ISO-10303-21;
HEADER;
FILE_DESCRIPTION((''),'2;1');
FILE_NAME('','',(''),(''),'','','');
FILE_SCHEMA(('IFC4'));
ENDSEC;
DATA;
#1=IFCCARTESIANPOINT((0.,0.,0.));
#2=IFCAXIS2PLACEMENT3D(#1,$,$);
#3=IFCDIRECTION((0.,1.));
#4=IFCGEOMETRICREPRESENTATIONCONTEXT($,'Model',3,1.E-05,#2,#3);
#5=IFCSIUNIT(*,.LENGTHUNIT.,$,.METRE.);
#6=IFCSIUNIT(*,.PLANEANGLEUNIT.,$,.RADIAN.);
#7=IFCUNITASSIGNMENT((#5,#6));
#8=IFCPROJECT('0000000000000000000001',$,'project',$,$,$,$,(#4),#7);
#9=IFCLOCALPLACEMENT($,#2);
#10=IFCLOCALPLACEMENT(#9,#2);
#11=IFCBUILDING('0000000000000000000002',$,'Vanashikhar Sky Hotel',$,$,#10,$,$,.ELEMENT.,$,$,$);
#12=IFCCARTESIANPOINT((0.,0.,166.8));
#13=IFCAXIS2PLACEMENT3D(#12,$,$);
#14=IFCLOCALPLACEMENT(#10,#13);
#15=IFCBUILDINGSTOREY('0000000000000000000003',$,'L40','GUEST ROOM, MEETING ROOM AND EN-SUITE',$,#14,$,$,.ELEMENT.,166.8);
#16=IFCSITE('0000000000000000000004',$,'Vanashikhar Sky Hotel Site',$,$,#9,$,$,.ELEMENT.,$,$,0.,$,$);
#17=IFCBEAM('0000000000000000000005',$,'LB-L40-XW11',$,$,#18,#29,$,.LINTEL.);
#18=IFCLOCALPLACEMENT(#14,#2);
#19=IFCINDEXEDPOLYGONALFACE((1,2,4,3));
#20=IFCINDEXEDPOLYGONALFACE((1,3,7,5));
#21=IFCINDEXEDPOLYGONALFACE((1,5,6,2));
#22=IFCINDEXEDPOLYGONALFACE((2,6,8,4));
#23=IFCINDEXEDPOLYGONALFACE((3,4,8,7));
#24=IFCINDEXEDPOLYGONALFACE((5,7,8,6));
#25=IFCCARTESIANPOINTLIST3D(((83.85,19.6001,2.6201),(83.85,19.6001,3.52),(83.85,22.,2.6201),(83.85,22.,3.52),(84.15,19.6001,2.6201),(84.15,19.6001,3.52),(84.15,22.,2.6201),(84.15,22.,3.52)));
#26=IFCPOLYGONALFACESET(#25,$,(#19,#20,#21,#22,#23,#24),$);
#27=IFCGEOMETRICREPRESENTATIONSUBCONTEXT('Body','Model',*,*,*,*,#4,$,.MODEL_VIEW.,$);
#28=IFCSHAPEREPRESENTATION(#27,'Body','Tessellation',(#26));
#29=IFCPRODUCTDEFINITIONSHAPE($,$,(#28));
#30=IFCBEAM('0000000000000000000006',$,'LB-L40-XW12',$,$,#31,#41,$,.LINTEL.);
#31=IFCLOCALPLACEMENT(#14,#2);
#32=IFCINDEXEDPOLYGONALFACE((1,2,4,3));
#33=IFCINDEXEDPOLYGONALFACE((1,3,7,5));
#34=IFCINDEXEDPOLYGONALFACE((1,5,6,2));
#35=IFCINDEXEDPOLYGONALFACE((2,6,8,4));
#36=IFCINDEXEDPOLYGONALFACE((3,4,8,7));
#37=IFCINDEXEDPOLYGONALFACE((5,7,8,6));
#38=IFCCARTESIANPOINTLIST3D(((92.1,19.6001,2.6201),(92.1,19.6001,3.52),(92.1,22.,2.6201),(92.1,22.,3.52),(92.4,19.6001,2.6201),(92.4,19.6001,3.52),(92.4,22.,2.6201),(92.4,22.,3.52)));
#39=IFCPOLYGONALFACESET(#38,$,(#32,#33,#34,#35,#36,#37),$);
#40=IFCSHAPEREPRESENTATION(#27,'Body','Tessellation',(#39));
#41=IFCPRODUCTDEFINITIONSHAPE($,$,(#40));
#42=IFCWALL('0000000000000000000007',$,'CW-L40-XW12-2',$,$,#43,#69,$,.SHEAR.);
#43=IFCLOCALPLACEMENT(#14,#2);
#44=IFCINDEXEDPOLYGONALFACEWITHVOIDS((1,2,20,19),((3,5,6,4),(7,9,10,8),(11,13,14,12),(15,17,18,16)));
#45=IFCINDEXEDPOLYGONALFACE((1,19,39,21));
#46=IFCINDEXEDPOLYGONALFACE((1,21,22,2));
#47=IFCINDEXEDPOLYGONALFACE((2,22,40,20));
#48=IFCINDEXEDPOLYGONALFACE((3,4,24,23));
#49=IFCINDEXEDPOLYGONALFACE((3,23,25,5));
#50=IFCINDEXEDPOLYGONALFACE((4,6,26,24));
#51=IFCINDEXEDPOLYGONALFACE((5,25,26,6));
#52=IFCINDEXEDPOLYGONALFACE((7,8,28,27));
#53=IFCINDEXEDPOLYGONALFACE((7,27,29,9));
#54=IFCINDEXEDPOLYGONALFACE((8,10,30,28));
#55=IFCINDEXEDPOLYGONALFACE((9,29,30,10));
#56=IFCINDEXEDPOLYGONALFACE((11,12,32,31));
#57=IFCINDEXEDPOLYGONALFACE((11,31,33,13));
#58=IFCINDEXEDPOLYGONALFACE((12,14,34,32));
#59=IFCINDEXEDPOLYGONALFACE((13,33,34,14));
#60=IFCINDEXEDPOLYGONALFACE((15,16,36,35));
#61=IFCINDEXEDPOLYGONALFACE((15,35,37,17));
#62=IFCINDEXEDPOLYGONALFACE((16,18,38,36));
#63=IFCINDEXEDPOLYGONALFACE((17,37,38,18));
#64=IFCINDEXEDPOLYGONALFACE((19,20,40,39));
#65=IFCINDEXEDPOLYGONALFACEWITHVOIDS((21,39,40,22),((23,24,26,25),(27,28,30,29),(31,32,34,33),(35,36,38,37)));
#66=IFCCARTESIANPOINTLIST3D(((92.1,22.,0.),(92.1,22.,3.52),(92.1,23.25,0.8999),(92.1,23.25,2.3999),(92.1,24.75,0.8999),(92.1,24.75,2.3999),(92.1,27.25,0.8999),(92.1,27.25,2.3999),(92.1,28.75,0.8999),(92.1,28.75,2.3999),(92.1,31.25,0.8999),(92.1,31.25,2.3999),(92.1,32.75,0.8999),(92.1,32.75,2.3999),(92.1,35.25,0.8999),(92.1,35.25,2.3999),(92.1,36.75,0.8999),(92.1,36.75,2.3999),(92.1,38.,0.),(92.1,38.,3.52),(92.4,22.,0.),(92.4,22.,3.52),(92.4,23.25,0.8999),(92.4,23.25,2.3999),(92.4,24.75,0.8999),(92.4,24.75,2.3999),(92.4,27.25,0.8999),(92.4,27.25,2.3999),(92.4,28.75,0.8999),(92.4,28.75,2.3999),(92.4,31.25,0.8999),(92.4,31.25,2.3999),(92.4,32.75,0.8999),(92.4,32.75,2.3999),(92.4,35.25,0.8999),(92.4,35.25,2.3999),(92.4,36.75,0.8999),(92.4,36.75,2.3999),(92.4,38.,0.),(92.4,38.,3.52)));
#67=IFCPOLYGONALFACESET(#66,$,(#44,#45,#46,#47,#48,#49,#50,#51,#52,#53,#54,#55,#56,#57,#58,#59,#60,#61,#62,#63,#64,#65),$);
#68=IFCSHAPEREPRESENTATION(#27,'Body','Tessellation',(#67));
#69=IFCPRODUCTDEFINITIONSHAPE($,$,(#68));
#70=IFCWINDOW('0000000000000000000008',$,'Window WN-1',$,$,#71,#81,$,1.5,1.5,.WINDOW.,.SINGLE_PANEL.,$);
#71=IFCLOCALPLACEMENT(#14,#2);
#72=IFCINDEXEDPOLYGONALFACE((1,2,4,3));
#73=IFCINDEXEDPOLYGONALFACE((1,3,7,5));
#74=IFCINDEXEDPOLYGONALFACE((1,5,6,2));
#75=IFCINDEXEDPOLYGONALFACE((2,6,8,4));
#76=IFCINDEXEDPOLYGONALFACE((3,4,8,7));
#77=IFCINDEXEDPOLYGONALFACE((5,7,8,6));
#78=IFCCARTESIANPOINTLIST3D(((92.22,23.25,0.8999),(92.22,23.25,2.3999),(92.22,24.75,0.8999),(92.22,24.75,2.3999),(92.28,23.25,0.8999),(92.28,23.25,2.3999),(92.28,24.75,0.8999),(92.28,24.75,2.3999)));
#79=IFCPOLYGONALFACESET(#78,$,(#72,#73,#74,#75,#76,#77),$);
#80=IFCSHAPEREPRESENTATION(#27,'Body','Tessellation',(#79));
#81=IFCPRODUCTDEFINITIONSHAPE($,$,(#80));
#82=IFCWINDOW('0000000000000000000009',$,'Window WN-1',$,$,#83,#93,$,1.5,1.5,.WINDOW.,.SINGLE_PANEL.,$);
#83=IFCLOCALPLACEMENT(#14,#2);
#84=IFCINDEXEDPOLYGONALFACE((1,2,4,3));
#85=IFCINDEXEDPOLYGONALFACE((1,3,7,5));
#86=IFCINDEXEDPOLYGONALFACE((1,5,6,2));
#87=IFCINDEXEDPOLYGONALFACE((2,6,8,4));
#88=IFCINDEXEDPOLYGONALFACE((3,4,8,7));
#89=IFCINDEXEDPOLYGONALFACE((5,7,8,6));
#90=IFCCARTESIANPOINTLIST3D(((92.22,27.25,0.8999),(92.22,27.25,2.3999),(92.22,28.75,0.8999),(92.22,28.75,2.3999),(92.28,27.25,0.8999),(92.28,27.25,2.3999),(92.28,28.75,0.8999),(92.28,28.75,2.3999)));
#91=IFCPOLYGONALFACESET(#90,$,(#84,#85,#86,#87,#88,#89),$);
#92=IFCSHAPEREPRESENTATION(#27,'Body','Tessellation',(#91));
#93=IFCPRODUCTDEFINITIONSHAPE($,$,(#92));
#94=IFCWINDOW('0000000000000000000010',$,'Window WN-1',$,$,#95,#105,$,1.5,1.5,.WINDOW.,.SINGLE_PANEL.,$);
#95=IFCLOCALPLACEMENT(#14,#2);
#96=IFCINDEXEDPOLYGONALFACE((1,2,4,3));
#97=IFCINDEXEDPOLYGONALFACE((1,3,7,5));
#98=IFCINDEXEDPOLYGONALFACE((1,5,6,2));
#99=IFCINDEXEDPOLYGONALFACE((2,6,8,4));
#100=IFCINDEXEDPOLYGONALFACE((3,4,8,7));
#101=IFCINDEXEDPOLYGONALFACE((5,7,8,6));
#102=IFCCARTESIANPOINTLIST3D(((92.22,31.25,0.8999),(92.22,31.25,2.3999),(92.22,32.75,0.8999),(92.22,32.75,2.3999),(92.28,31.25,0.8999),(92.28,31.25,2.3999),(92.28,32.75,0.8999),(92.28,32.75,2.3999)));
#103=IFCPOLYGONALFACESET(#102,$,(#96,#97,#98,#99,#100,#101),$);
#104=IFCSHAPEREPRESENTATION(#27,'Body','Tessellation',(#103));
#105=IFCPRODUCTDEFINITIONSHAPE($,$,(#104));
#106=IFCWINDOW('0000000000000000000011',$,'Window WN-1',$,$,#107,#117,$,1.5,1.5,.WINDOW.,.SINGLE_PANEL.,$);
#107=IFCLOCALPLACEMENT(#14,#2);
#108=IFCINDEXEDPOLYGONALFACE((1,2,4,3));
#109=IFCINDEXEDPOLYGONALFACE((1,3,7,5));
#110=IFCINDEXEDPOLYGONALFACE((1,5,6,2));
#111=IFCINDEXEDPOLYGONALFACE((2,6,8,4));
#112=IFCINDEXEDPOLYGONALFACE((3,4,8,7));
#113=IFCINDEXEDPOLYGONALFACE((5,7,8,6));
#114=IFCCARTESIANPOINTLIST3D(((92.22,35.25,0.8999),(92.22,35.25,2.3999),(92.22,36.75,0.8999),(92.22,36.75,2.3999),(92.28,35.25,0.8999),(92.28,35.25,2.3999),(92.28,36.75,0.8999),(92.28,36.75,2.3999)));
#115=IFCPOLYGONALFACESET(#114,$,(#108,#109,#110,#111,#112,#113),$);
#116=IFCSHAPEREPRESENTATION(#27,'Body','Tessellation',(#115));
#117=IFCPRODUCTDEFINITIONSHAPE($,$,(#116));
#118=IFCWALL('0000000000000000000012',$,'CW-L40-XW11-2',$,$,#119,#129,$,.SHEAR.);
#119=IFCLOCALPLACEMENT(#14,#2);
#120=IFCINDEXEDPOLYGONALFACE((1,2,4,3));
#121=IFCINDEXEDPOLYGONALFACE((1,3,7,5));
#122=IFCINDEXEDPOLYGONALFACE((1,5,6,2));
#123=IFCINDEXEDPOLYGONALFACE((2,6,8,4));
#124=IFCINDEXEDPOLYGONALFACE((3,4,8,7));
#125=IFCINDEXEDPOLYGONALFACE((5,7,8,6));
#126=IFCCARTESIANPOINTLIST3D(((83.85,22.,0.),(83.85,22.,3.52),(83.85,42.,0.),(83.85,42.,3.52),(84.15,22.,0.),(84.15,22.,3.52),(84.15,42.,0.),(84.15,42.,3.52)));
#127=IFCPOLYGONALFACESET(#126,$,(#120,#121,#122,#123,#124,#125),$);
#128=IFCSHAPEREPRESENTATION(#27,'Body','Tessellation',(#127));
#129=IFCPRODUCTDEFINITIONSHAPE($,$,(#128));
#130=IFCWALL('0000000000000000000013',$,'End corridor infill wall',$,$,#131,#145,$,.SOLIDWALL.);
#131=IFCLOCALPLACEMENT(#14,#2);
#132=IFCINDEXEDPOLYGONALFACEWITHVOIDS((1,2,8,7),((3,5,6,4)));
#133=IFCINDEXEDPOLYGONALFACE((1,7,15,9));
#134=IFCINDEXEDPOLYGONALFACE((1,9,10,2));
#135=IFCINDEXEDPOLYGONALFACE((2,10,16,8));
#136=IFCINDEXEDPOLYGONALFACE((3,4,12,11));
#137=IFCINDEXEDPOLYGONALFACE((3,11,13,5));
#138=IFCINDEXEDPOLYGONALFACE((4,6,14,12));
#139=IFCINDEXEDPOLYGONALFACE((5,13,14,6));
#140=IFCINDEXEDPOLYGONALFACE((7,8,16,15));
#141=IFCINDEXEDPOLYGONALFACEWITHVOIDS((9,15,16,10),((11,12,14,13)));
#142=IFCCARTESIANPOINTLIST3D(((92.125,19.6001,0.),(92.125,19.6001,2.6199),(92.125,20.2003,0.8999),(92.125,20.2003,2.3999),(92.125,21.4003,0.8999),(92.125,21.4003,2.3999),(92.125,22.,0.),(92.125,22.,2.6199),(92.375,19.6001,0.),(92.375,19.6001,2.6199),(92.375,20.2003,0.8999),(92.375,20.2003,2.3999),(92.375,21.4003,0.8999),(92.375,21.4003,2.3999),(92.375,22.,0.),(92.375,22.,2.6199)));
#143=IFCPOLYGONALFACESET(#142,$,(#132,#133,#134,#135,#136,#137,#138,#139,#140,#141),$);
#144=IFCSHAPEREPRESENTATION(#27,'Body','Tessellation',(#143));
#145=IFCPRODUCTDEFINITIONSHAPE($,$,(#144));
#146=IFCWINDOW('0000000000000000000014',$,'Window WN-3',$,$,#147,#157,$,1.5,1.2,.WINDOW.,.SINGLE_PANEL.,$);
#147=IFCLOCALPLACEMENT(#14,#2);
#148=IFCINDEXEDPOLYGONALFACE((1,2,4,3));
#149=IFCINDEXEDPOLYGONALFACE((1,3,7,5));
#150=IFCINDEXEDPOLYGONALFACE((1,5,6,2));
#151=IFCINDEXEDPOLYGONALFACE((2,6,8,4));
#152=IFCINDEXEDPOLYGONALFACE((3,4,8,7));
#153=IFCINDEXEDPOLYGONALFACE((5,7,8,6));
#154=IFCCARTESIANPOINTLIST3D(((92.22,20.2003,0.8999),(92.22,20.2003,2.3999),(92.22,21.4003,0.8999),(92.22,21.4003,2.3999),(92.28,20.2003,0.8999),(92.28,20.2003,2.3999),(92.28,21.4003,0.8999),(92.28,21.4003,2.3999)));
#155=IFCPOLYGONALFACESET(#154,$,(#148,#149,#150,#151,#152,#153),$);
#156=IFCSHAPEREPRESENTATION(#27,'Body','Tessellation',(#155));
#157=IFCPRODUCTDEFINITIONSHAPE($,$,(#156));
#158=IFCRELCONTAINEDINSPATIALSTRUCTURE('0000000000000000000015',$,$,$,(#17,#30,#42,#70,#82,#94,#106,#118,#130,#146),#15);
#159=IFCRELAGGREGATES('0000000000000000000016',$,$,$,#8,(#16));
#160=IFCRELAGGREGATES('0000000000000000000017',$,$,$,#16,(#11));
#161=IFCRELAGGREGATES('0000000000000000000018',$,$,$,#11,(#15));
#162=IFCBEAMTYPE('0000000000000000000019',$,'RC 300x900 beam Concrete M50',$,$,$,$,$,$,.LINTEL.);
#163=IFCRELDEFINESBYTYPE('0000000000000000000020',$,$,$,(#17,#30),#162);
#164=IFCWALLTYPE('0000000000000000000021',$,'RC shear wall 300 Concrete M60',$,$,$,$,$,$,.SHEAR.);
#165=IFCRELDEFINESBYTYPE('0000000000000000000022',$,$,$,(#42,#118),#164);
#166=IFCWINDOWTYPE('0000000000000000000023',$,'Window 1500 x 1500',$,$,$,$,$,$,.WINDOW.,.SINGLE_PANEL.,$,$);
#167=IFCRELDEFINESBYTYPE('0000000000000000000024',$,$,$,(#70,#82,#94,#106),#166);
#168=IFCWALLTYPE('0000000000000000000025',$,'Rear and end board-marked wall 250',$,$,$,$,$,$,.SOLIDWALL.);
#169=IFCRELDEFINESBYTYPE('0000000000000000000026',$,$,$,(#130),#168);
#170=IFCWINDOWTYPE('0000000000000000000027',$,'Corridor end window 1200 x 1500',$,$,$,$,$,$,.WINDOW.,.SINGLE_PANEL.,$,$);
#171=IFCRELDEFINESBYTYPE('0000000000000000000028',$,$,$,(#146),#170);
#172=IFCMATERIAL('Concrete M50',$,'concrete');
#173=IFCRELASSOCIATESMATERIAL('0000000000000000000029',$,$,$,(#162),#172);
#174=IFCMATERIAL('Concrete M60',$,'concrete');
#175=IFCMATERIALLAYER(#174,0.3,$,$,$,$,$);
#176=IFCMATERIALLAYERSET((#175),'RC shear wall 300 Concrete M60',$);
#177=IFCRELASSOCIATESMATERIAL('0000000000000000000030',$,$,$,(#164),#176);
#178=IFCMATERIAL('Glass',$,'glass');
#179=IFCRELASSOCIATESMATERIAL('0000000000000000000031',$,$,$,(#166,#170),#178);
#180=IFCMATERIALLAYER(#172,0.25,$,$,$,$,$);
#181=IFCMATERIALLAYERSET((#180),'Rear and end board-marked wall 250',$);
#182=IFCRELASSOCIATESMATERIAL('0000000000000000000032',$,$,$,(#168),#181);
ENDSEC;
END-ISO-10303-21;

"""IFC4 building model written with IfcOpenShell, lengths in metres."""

from ifc_helpers import new_model, si_unit, direction, frame, frame_2d, origin, origin_2d, place, context, subcontext, project, spatial, rectangle, extrude, source, transform, mapped, material, layer, layer_set, material_profile, profile_set, type_object, element, fill, save


model = new_model("IFC4")

# Units and contexts
model_context = context("Model", 3, precision=1e-05, world=origin(), true_north=direction((0.0, 1.0)))
body_context = subcontext(model_context, "Body", "Model", "MODEL_VIEW")
ifc_project = project(units=[si_unit("LENGTHUNIT", "METRE"), si_unit("PLANEANGLEUNIT", "RADIAN")], contexts=[model_context])

# Site, building, storey
site_placement = place(None, origin())
site = spatial("IfcSite", under=ifc_project, at=site_placement, Name="Vanashikhar Sky Hotel Site", CompositionType="ELEMENT", RefElevation=0.0)
building_placement = place(site_placement, origin())
building = spatial("IfcBuilding", under=site, at=building_placement, Name="Vanashikhar Sky Hotel", CompositionType="ELEMENT")
storey_placement = place(building_placement, frame((0.0, 0.0, 166.8)))
storey = spatial("IfcBuildingStorey", under=building, at=storey_placement, Name="L40", Description="GUEST ROOM, MEETING ROOM AND EN-SUITE", CompositionType="ELEMENT", Elevation=166.8)

# Beams
ifc_material_1 = material(Name="Concrete M50", Category="concrete")
ifc_material_profile = material_profile(ifc_material_1, rectangle(XDim=0.3, YDim=0.8999, at=origin_2d()))
ifc_profile_set = profile_set([ifc_material_profile], Name="RC 300x900 beam Concrete M50")
beam_type = type_object("IfcBeamType", Name="RC 300x900 beam Concrete M50", PredefinedType="LINTEL", material=ifc_profile_set)
shared_shape_1 = source(origin(), body_context, "Body", "SweptSolid", [
    extrude(rectangle(XDim=0.3, YDim=0.8999, at=origin_2d()), origin(), (0.0, 0.0, 1.0), 2.3999),
])
for number, where, z_axis, x_axis, name in (
    (1, (84.0, 19.6001, 3.0701), (0.0, 1.0, 0.0), (-1.0, 0.0, 0.0), "LB-L40-XW11"),
    (2, (92.25, 19.6001, 3.0701), (0.0, 1.0, 0.0), (-1.0, 0.0, 0.0), "LB-L40-XW12"),
):
    element("IfcBeam", number, at=place(storey_placement, frame(where, z_axis=z_axis, x_axis=x_axis)), inside=storey, type_object=beam_type, Name=name, PredefinedType="LINTEL", context=body_context, shape_type="MappedRepresentation", body=[
        mapped(shared_shape_1, transform((0.0, 0.0, 0.0), scale=1.0)),
    ])

# Wall, openings, windows
ifc_material_2 = material(Name="Concrete M60", Category="concrete")
ifc_layer_1 = layer(ifc_material_2, 0.3)
ifc_layer_set_1 = layer_set([ifc_layer_1], Name="RC shear wall 300 Concrete M60")
wall_type_1 = type_object("IfcWallType", Name="RC shear wall 300 Concrete M60", PredefinedType="SHEAR", material=ifc_layer_set_1)
shared_shape_2 = source(origin(), body_context, "Body", "SweptSolid", [
    extrude(rectangle(XDim=16.0, YDim=0.3, at=frame_2d((8.0, 0.0))), origin(), (0.0, 0.0, 1.0), 3.52),
])
wall_1_placement = place(storey_placement, frame((92.25, 22.0, 0.0), z_axis=(0.0, 0.0, 1.0), x_axis=(0.0, 1.0, 0.0)))
wall_1 = element("IfcWall", 3, at=wall_1_placement, inside=storey, type_object=wall_type_1, Name="CW-L40-XW12-2", PredefinedType="SHEAR", context=body_context, shape_type="MappedRepresentation", body=[
    mapped(shared_shape_2, transform((0.0, 0.0, 0.0), scale=1.0)),
])
shared_shape_3 = source(origin(), body_context, "Body", "SweptSolid", [
    extrude(rectangle(XDim=1.5, YDim=1.5, at=frame_2d((0.75, 0.75))), frame((0.0, 0.1602, 0.0), z_axis=(0.0, -1.0, 0.0), x_axis=(1.0, 0.0, 0.0)), (0.0, 0.0, 1.0), 0.3201),
])
opening_1_placement = place(wall_1_placement, frame((1.25, 0.0, 0.8999)))
opening_1 = element("IfcOpeningElement", 4, at=opening_1_placement, cuts=wall_1, PredefinedType="OPENING", context=body_context, shape_type="MappedRepresentation", body=[
    mapped(shared_shape_3, transform((0.0, 0.0, 0.0), scale=1.0)),
])
opening_2_placement = place(wall_1_placement, frame((5.25, 0.0, 0.8999)))
opening_2 = element("IfcOpeningElement", 5, at=opening_2_placement, cuts=wall_1, PredefinedType="OPENING", context=body_context, shape_type="MappedRepresentation", body=[
    mapped(shared_shape_3, transform((0.0, 0.0, 0.0), scale=1.0)),
])
opening_3_placement = place(wall_1_placement, frame((9.25, 0.0, 0.8999)))
opening_3 = element("IfcOpeningElement", 6, at=opening_3_placement, cuts=wall_1, PredefinedType="OPENING", context=body_context, shape_type="MappedRepresentation", body=[
    mapped(shared_shape_3, transform((0.0, 0.0, 0.0), scale=1.0)),
])
opening_4_placement = place(wall_1_placement, frame((13.25, 0.0, 0.8999)))
opening_4 = element("IfcOpeningElement", 7, at=opening_4_placement, cuts=wall_1, PredefinedType="OPENING", context=body_context, shape_type="MappedRepresentation", body=[
    mapped(shared_shape_3, transform((0.0, 0.0, 0.0), scale=1.0)),
])
ifc_material_3 = material(Name="Glass", Category="glass")
window_type_1 = type_object("IfcWindowType", Name="Window 1500 x 1500", PartitioningType="SINGLE_PANEL", PredefinedType="WINDOW", material=ifc_material_3)
shared_shape_4 = source(origin(), body_context, "Body", "SweptSolid", [
    extrude(rectangle(XDim=1.5, YDim=1.5, at=frame_2d((0.75, 0.75))), frame((0.0, 0.03, 0.0), z_axis=(0.0, -1.0, 0.0), x_axis=(1.0, 0.0, 0.0)), (0.0, 0.0, 1.0), 0.0601),
])
window_1_placement = place(opening_1_placement, origin())
window_1 = element("IfcWindow", 8, at=window_1_placement, inside=storey, type_object=window_type_1, Name="Window WN-1", OverallHeight=1.5, OverallWidth=1.5, PartitioningType="SINGLE_PANEL", PredefinedType="WINDOW", context=body_context, shape_type="MappedRepresentation", body=[
    mapped(shared_shape_4, transform((0.0, 0.0, 0.0), scale=1.0)),
])
fill(opening_1, window_1)
window_2_placement = place(opening_2_placement, origin())
window_2 = element("IfcWindow", 9, at=window_2_placement, inside=storey, type_object=window_type_1, Name="Window WN-1", OverallHeight=1.5, OverallWidth=1.5, PartitioningType="SINGLE_PANEL", PredefinedType="WINDOW", context=body_context, shape_type="MappedRepresentation", body=[
    mapped(shared_shape_4, transform((0.0, 0.0, 0.0), scale=1.0)),
])
fill(opening_2, window_2)
window_3_placement = place(opening_3_placement, origin())
window_3 = element("IfcWindow", 10, at=window_3_placement, inside=storey, type_object=window_type_1, Name="Window WN-1", OverallHeight=1.5, OverallWidth=1.5, PartitioningType="SINGLE_PANEL", PredefinedType="WINDOW", context=body_context, shape_type="MappedRepresentation", body=[
    mapped(shared_shape_4, transform((0.0, 0.0, 0.0), scale=1.0)),
])
fill(opening_3, window_3)
window_4_placement = place(opening_4_placement, origin())
window_4 = element("IfcWindow", 11, at=window_4_placement, inside=storey, type_object=window_type_1, Name="Window WN-1", OverallHeight=1.5, OverallWidth=1.5, PartitioningType="SINGLE_PANEL", PredefinedType="WINDOW", context=body_context, shape_type="MappedRepresentation", body=[
    mapped(shared_shape_4, transform((0.0, 0.0, 0.0), scale=1.0)),
])
fill(opening_4, window_4)

# Wall
shared_shape_5 = source(origin(), body_context, "Body", "SweptSolid", [
    extrude(rectangle(XDim=20.0, YDim=0.3, at=frame_2d((10.0, 0.0))), origin(), (0.0, 0.0, 1.0), 3.52),
])
wall_2_placement = place(storey_placement, frame((84.0, 22.0, 0.0), z_axis=(0.0, 0.0, 1.0), x_axis=(0.0, 1.0, 0.0)))
element("IfcWall", 12, at=wall_2_placement, inside=storey, type_object=wall_type_1, Name="CW-L40-XW11-2", PredefinedType="SHEAR", context=body_context, shape_type="MappedRepresentation", body=[
    mapped(shared_shape_5, transform((0.0, 0.0, 0.0), scale=1.0)),
])

# Wall, opening, window
ifc_layer_2 = layer(ifc_material_1, 0.25)
ifc_layer_set_2 = layer_set([ifc_layer_2], Name="Rear and end board-marked wall 250")
wall_type_2 = type_object("IfcWallType", Name="Rear and end board-marked wall 250", PredefinedType="SOLIDWALL", material=ifc_layer_set_2)
shared_shape_6 = source(origin(), body_context, "Body", "SweptSolid", [
    extrude(rectangle(XDim=2.3999, YDim=0.25, at=frame_2d((1.2, 0.0))), origin(), (0.0, 0.0, 1.0), 2.6199),
])
wall_3_placement = place(storey_placement, frame((92.25, 19.6001, 0.0), z_axis=(0.0, 0.0, 1.0), x_axis=(0.0, 1.0, 0.0)))
wall_3 = element("IfcWall", 13, at=wall_3_placement, inside=storey, type_object=wall_type_2, Name="End corridor infill wall", PredefinedType="SOLIDWALL", context=body_context, shape_type="MappedRepresentation", body=[
    mapped(shared_shape_6, transform((0.0, 0.0, 0.0), scale=1.0)),
])
shared_shape_7 = source(origin(), body_context, "Body", "SweptSolid", [
    extrude(rectangle(XDim=1.2, YDim=1.5, at=frame_2d((0.6001, 0.75))), frame((0.0, 0.135, 0.0), z_axis=(0.0, -1.0, 0.0), x_axis=(1.0, 0.0, 0.0)), (0.0, 0.0, 1.0), 0.27),
])
opening_5_placement = place(wall_3_placement, frame((0.6001, 0.0, 0.8999)))
opening_5 = element("IfcOpeningElement", 14, at=opening_5_placement, cuts=wall_3, PredefinedType="OPENING", context=body_context, shape_type="MappedRepresentation", body=[
    mapped(shared_shape_7, transform((0.0, 0.0, 0.0), scale=1.0)),
])
window_type_2 = type_object("IfcWindowType", Name="Corridor end window 1200 x 1500", PartitioningType="SINGLE_PANEL", PredefinedType="WINDOW", material=ifc_material_3)
shared_shape_8 = source(origin(), body_context, "Body", "SweptSolid", [
    extrude(rectangle(XDim=1.2, YDim=1.5, at=frame_2d((0.6001, 0.75))), frame((0.0, 0.03, 0.0), z_axis=(0.0, -1.0, 0.0), x_axis=(1.0, 0.0, 0.0)), (0.0, 0.0, 1.0), 0.0601),
])
window_5_placement = place(opening_5_placement, origin())
window_5 = element("IfcWindow", 15, at=window_5_placement, inside=storey, type_object=window_type_2, Name="Window WN-3", OverallHeight=1.5, OverallWidth=1.2, PartitioningType="SINGLE_PANEL", PredefinedType="WINDOW", context=body_context, shape_type="MappedRepresentation", body=[
    mapped(shared_shape_8, transform((0.0, 0.0, 0.0), scale=1.0)),
])
fill(opening_5, window_5)

save(model, "model.ifc")
